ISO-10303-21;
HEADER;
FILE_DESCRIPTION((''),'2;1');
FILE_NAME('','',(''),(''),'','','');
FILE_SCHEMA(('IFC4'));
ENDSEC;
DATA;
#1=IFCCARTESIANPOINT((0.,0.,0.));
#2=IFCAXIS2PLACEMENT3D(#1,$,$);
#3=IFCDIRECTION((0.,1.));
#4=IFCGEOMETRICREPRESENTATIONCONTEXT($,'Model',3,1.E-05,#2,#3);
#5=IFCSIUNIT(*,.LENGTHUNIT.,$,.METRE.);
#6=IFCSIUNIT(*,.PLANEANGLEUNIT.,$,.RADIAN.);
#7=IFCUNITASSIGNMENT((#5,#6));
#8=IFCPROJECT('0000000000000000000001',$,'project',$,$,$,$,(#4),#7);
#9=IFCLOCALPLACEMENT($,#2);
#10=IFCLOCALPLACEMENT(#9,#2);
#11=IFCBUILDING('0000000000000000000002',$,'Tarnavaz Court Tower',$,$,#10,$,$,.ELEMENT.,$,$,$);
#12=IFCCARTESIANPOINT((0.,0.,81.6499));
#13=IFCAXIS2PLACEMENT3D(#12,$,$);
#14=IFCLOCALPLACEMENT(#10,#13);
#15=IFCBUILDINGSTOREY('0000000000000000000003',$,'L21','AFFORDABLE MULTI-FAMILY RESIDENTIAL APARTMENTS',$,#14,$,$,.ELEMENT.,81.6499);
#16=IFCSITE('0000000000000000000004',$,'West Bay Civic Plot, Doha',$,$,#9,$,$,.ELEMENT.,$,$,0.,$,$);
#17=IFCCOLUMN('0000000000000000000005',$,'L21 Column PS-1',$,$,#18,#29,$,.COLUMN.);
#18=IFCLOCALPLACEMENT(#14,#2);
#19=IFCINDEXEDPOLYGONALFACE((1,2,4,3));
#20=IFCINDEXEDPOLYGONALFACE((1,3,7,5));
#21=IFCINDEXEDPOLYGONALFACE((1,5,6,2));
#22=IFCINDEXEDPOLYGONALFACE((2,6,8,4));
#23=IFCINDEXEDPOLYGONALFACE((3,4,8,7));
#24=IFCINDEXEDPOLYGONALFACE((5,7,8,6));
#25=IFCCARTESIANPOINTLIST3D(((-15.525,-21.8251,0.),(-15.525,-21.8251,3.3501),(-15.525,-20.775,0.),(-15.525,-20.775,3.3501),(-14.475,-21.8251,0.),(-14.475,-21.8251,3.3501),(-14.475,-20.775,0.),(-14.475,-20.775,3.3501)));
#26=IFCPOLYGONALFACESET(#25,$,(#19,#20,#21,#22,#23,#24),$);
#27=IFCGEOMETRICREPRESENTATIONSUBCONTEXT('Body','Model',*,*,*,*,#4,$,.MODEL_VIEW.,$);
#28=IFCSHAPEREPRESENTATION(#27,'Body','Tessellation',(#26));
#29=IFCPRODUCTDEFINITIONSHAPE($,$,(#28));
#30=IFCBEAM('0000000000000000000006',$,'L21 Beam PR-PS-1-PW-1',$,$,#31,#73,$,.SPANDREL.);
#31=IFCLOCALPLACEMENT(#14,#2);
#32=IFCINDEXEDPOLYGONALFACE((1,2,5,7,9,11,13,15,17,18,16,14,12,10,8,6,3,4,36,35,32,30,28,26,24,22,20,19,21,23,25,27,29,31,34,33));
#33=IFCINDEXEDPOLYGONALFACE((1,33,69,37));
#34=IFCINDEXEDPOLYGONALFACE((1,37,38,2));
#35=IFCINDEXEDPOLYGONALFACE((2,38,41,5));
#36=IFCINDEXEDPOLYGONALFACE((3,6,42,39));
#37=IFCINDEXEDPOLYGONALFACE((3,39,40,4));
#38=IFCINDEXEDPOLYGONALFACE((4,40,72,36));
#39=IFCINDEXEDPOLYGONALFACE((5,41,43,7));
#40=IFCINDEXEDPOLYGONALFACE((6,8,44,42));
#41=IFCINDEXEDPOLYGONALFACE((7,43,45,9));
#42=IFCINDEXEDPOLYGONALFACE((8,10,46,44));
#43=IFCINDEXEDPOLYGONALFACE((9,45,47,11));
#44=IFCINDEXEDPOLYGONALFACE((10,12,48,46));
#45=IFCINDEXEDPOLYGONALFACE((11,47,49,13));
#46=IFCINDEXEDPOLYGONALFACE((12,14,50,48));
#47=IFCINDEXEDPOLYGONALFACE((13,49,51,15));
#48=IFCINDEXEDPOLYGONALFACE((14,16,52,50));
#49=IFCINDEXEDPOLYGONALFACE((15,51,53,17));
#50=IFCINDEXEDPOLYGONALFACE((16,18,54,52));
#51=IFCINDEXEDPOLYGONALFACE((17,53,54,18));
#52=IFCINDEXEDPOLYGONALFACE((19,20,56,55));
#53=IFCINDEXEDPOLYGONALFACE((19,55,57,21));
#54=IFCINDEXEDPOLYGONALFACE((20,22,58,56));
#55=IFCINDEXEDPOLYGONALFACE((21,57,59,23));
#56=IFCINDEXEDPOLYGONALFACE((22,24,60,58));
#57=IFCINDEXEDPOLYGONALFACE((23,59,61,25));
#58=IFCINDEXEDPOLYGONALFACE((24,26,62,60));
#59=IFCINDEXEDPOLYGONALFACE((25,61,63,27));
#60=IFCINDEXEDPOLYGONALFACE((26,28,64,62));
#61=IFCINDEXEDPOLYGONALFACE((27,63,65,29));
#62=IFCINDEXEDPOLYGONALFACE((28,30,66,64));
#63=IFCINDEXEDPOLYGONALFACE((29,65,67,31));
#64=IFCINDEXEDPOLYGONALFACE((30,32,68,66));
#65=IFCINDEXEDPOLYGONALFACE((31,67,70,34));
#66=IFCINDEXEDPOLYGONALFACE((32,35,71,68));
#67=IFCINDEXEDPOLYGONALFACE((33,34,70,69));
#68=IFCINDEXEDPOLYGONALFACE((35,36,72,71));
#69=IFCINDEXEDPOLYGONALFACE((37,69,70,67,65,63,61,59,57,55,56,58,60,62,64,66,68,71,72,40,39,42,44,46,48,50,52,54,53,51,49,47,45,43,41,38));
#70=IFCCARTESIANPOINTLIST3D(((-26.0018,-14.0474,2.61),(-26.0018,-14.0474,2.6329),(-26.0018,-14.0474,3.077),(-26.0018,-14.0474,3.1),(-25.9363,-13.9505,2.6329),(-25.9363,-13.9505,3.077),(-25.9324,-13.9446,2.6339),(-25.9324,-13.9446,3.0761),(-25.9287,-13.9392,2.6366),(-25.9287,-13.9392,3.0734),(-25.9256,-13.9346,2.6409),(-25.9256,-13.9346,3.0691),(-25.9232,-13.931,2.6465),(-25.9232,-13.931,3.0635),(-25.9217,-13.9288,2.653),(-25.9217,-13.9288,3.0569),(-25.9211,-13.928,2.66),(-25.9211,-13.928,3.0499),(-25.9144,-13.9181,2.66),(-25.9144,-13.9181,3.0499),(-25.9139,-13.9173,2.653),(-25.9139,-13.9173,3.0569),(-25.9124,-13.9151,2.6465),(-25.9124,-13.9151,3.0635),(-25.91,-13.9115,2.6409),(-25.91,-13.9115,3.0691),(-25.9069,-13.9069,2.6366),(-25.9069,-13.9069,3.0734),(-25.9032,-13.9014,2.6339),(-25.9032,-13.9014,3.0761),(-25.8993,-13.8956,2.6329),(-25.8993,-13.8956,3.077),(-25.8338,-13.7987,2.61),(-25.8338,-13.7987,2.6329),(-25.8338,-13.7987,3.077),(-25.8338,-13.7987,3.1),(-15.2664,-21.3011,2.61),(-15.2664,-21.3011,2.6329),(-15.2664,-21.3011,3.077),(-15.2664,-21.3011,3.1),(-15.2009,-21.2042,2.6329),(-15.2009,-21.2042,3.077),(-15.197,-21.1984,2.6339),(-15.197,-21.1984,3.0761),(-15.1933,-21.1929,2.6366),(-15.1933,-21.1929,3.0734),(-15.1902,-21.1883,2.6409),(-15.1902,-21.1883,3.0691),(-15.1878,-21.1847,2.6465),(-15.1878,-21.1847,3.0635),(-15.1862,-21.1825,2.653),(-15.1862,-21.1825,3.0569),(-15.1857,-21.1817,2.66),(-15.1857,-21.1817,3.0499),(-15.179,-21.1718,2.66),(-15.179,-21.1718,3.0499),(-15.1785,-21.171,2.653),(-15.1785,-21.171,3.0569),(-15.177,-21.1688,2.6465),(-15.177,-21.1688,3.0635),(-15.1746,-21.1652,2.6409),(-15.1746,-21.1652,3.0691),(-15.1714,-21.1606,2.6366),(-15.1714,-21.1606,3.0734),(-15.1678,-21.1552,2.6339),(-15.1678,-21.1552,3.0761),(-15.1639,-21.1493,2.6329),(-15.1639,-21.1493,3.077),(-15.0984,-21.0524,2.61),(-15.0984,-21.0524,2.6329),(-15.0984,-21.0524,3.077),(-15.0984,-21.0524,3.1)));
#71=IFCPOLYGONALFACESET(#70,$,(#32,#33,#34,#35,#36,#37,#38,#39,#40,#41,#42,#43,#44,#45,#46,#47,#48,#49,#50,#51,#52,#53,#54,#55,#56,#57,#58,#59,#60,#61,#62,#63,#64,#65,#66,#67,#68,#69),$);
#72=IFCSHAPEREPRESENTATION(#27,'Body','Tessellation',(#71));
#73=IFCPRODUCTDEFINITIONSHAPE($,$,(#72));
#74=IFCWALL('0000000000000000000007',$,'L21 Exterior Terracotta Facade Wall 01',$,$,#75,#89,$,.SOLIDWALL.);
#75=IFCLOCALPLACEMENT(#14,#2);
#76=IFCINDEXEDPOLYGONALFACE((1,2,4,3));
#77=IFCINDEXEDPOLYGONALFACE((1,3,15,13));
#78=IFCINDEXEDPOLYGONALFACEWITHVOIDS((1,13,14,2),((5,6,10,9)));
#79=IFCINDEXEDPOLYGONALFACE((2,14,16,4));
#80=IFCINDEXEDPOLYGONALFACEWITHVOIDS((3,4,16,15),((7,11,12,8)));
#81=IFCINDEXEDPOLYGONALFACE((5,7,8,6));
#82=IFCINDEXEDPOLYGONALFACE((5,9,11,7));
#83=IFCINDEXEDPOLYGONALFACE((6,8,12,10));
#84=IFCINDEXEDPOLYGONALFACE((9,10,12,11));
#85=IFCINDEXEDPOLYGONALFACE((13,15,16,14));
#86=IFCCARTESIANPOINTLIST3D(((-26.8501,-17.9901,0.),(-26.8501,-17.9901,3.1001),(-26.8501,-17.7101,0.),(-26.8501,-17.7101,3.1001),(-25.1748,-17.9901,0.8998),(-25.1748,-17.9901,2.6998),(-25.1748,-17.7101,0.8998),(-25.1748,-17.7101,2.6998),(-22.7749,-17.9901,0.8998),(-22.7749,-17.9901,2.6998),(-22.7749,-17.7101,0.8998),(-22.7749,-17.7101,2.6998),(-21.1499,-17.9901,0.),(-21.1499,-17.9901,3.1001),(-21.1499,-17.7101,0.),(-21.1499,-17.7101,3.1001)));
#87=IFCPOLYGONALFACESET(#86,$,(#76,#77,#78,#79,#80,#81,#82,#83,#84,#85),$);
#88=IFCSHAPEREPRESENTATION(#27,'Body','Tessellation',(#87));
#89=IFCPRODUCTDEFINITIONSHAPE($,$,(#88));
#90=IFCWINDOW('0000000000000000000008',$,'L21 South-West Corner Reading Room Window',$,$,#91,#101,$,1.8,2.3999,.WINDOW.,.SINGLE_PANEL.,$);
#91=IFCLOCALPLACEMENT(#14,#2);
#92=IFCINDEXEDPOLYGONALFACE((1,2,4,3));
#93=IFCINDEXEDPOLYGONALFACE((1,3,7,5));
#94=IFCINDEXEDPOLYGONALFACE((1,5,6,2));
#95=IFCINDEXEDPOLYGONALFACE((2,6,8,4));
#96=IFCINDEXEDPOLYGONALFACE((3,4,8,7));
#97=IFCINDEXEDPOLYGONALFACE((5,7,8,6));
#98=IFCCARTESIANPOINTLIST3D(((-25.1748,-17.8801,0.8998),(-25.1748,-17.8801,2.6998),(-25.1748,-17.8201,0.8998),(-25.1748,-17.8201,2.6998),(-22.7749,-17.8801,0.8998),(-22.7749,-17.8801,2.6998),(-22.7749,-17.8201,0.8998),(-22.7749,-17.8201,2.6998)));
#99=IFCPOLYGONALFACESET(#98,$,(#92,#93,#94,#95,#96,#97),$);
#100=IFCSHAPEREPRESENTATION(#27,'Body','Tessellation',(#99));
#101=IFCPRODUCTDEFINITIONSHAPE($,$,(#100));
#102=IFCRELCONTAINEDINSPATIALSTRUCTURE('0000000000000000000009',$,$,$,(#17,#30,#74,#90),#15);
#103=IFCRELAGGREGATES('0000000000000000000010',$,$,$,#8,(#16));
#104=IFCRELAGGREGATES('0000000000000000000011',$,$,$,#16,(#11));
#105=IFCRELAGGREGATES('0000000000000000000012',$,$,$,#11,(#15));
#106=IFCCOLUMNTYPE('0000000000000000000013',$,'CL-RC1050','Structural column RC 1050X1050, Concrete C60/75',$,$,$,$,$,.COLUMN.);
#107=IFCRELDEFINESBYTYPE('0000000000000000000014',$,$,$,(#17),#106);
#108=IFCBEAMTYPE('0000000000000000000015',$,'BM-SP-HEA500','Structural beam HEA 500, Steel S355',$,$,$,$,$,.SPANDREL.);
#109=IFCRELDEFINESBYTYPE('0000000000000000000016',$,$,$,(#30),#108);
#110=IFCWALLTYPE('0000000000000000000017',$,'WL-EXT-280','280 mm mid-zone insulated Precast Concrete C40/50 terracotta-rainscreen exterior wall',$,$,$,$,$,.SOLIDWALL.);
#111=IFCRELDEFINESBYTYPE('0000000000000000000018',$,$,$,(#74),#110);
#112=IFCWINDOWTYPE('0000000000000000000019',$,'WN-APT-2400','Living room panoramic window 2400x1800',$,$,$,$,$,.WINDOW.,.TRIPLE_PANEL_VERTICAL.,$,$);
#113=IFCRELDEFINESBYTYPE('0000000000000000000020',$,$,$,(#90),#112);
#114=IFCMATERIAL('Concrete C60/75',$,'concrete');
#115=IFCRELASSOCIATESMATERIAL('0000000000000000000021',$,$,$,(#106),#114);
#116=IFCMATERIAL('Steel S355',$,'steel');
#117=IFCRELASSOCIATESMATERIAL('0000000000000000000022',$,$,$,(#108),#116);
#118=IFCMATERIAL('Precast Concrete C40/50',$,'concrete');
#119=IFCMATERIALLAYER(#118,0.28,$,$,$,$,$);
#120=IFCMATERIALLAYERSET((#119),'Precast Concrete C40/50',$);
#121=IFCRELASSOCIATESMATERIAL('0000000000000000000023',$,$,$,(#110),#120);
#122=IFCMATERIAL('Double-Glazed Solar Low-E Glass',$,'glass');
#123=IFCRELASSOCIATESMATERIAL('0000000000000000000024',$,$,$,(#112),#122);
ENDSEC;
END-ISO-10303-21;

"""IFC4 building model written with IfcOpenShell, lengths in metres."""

from ifc_helpers import new_model, si_unit, direction, frame, frame_2d, origin, origin_2d, place, context, subcontext, project, spatial, rectangle, i_section, extrude, material, layer, layer_set, material_profile, profile_set, type_object, element, fill, save


model = new_model("IFC4")

# Units and contexts
model_context = context("Model", 3, precision=1e-05, world=origin(), true_north=direction((0.0, 1.0)))
body_context = subcontext(model_context, "Body", "Model", "MODEL_VIEW")
ifc_project = project(units=[si_unit("LENGTHUNIT", "METRE"), si_unit("PLANEANGLEUNIT", "RADIAN")], contexts=[model_context])

# Site, building, storey
site_placement = place(None, origin())
site = spatial("IfcSite", under=ifc_project, at=site_placement, Name="West Bay Civic Plot, Doha", CompositionType="ELEMENT", RefElevation=0.0)
building_placement = place(site_placement, origin())
building = spatial("IfcBuilding", under=site, at=building_placement, Name="Tarnavaz Court Tower", CompositionType="ELEMENT")
storey_placement = place(building_placement, frame((0.0, 0.0, 81.6499)))
storey = spatial("IfcBuildingStorey", under=building, at=storey_placement, Name="L21", Description="AFFORDABLE MULTI-FAMILY RESIDENTIAL APARTMENTS", CompositionType="ELEMENT", Elevation=81.6499)

# Column
ifc_material_1 = material(Name="Concrete C60/75", Category="concrete")
ifc_material_profile_1 = material_profile(ifc_material_1, rectangle(XDim=1.05, YDim=1.05, at=origin_2d()), Name="RC 1050X1050")
ifc_profile_set_1 = profile_set([ifc_material_profile_1], Name="Concrete C60/75")
column_type = type_object("IfcColumnType", Name="CL-RC1050", Description="Structural column RC 1050X1050, Concrete C60/75", PredefinedType="COLUMN", material=ifc_profile_set_1)
column_placement = place(storey_placement, frame((-15.0, -21.3, 0.0), z_axis=(0.0, 0.0, 1.0), x_axis=(1.0, 0.0, 0.0)))
element("IfcColumn", 1, at=column_placement, inside=storey, type_object=column_type, Name="L21 Column PS-1", PredefinedType="COLUMN", context=body_context, shape_type="SweptSolid", body=[
    extrude(rectangle(XDim=1.05, YDim=1.05, at=origin_2d()), origin(), (0.0, 0.0, 1.0), 3.3501),
])

# Beam
ifc_material_2 = material(Name="Steel S355", Category="steel")
ifc_material_profile_2 = material_profile(ifc_material_2, i_section(OverallWidth=0.3, OverallDepth=0.49, WebThickness=0.012, FlangeThickness=0.0229, FilletRadius=0.0271, at=origin_2d()), Name="HEA 500")
ifc_profile_set_2 = profile_set([ifc_material_profile_2], Name="Steel S355")
beam_type = type_object("IfcBeamType", Name="BM-SP-HEA500", Description="Structural beam HEA 500, Steel S355", PredefinedType="SPANDREL", material=ifc_profile_set_2)
beam_placement = place(storey_placement, frame((-15.1824, -21.1768, 2.855), z_axis=(-0.828587, 0.55986, 0.0), x_axis=(-0.55986, -0.828587, 0.0)))
element("IfcBeam", 2, at=beam_placement, inside=storey, type_object=beam_type, Name="L21 Beam PR-PS-1-PW-1", PredefinedType="SPANDREL", context=body_context, shape_type="SweptSolid", body=[
    extrude(i_section(OverallWidth=0.3, OverallDepth=0.49, WebThickness=0.012, FlangeThickness=0.0229, FilletRadius=0.0271, at=origin_2d()), origin(), (0.0, 0.0, 1.0), 12.9563),
])

# Wall, opening, window
ifc_material_3 = material(Name="Precast Concrete C40/50", Category="concrete")
ifc_layer_1 = layer(ifc_material_3, 0.28)
ifc_layer_set_1 = layer_set([ifc_layer_1], Name="Precast Concrete C40/50")
wall_type_1 = type_object("IfcWallType", Name="WL-EXT-280", Description="280 mm mid-zone insulated Precast Concrete C40/50 terracotta-rainscreen exterior wall", PredefinedType="SOLIDWALL", material=ifc_layer_set_1)
wall_1_placement = place(storey_placement, frame((-21.1499, -17.8501, 0.0), z_axis=(0.0, 0.0, 1.0), x_axis=(-1.0, 0.0, 0.0)))
wall_1 = element("IfcWall", 3, at=wall_1_placement, inside=storey, type_object=wall_type_1, Name="L21 Exterior Terracotta Facade Wall 01", PredefinedType="SOLIDWALL", context=body_context, shape_type="SweptSolid", body=[
    extrude(rectangle(XDim=5.7002, YDim=0.28, at=frame_2d((2.8501, 0.0))), origin(), (0.0, 0.0, 1.0), 3.1001),
])
opening_1_placement = place(wall_1_placement, frame((1.625, 0.0, 0.8999)))
opening_1 = element("IfcOpeningElement", 4, at=opening_1_placement, cuts=wall_1, PredefinedType="OPENING", context=body_context, shape_type="SweptSolid", body=[
    extrude(rectangle(XDim=2.3999, YDim=1.8, at=frame_2d((1.2, 0.8999))), frame((0.0, 0.1499, 0.0), z_axis=(0.0, -1.0, 0.0), x_axis=(1.0, 0.0, 0.0)), (0.0, 0.0, 1.0), 0.3),
])
ifc_material_4 = material(Name="Double-Glazed Solar Low-E Glass", Category="glass")
window_type_1 = type_object("IfcWindowType", Name="WN-APT-2400", Description="Living room panoramic window 2400x1800", PartitioningType="TRIPLE_PANEL_VERTICAL", PredefinedType="WINDOW", material=ifc_material_4)
window_1_placement = place(opening_1_placement, origin())
window_1 = element("IfcWindow", 5, at=window_1_placement, inside=storey, type_object=window_type_1, Name="L21 South-West Corner Reading Room Window", OverallHeight=1.8, OverallWidth=2.3999, PartitioningType="SINGLE_PANEL", PredefinedType="WINDOW", context=body_context, shape_type="SweptSolid", body=[
    extrude(rectangle(XDim=2.3999, YDim=1.8, at=frame_2d((1.2, 0.8999))), frame((0.0, 0.03, 0.0), z_axis=(0.0, -1.0, 0.0), x_axis=(1.0, 0.0, 0.0)), (0.0, 0.0, 1.0), 0.0601),
])
fill(opening_1, window_1)

save(model, "model.ifc")
